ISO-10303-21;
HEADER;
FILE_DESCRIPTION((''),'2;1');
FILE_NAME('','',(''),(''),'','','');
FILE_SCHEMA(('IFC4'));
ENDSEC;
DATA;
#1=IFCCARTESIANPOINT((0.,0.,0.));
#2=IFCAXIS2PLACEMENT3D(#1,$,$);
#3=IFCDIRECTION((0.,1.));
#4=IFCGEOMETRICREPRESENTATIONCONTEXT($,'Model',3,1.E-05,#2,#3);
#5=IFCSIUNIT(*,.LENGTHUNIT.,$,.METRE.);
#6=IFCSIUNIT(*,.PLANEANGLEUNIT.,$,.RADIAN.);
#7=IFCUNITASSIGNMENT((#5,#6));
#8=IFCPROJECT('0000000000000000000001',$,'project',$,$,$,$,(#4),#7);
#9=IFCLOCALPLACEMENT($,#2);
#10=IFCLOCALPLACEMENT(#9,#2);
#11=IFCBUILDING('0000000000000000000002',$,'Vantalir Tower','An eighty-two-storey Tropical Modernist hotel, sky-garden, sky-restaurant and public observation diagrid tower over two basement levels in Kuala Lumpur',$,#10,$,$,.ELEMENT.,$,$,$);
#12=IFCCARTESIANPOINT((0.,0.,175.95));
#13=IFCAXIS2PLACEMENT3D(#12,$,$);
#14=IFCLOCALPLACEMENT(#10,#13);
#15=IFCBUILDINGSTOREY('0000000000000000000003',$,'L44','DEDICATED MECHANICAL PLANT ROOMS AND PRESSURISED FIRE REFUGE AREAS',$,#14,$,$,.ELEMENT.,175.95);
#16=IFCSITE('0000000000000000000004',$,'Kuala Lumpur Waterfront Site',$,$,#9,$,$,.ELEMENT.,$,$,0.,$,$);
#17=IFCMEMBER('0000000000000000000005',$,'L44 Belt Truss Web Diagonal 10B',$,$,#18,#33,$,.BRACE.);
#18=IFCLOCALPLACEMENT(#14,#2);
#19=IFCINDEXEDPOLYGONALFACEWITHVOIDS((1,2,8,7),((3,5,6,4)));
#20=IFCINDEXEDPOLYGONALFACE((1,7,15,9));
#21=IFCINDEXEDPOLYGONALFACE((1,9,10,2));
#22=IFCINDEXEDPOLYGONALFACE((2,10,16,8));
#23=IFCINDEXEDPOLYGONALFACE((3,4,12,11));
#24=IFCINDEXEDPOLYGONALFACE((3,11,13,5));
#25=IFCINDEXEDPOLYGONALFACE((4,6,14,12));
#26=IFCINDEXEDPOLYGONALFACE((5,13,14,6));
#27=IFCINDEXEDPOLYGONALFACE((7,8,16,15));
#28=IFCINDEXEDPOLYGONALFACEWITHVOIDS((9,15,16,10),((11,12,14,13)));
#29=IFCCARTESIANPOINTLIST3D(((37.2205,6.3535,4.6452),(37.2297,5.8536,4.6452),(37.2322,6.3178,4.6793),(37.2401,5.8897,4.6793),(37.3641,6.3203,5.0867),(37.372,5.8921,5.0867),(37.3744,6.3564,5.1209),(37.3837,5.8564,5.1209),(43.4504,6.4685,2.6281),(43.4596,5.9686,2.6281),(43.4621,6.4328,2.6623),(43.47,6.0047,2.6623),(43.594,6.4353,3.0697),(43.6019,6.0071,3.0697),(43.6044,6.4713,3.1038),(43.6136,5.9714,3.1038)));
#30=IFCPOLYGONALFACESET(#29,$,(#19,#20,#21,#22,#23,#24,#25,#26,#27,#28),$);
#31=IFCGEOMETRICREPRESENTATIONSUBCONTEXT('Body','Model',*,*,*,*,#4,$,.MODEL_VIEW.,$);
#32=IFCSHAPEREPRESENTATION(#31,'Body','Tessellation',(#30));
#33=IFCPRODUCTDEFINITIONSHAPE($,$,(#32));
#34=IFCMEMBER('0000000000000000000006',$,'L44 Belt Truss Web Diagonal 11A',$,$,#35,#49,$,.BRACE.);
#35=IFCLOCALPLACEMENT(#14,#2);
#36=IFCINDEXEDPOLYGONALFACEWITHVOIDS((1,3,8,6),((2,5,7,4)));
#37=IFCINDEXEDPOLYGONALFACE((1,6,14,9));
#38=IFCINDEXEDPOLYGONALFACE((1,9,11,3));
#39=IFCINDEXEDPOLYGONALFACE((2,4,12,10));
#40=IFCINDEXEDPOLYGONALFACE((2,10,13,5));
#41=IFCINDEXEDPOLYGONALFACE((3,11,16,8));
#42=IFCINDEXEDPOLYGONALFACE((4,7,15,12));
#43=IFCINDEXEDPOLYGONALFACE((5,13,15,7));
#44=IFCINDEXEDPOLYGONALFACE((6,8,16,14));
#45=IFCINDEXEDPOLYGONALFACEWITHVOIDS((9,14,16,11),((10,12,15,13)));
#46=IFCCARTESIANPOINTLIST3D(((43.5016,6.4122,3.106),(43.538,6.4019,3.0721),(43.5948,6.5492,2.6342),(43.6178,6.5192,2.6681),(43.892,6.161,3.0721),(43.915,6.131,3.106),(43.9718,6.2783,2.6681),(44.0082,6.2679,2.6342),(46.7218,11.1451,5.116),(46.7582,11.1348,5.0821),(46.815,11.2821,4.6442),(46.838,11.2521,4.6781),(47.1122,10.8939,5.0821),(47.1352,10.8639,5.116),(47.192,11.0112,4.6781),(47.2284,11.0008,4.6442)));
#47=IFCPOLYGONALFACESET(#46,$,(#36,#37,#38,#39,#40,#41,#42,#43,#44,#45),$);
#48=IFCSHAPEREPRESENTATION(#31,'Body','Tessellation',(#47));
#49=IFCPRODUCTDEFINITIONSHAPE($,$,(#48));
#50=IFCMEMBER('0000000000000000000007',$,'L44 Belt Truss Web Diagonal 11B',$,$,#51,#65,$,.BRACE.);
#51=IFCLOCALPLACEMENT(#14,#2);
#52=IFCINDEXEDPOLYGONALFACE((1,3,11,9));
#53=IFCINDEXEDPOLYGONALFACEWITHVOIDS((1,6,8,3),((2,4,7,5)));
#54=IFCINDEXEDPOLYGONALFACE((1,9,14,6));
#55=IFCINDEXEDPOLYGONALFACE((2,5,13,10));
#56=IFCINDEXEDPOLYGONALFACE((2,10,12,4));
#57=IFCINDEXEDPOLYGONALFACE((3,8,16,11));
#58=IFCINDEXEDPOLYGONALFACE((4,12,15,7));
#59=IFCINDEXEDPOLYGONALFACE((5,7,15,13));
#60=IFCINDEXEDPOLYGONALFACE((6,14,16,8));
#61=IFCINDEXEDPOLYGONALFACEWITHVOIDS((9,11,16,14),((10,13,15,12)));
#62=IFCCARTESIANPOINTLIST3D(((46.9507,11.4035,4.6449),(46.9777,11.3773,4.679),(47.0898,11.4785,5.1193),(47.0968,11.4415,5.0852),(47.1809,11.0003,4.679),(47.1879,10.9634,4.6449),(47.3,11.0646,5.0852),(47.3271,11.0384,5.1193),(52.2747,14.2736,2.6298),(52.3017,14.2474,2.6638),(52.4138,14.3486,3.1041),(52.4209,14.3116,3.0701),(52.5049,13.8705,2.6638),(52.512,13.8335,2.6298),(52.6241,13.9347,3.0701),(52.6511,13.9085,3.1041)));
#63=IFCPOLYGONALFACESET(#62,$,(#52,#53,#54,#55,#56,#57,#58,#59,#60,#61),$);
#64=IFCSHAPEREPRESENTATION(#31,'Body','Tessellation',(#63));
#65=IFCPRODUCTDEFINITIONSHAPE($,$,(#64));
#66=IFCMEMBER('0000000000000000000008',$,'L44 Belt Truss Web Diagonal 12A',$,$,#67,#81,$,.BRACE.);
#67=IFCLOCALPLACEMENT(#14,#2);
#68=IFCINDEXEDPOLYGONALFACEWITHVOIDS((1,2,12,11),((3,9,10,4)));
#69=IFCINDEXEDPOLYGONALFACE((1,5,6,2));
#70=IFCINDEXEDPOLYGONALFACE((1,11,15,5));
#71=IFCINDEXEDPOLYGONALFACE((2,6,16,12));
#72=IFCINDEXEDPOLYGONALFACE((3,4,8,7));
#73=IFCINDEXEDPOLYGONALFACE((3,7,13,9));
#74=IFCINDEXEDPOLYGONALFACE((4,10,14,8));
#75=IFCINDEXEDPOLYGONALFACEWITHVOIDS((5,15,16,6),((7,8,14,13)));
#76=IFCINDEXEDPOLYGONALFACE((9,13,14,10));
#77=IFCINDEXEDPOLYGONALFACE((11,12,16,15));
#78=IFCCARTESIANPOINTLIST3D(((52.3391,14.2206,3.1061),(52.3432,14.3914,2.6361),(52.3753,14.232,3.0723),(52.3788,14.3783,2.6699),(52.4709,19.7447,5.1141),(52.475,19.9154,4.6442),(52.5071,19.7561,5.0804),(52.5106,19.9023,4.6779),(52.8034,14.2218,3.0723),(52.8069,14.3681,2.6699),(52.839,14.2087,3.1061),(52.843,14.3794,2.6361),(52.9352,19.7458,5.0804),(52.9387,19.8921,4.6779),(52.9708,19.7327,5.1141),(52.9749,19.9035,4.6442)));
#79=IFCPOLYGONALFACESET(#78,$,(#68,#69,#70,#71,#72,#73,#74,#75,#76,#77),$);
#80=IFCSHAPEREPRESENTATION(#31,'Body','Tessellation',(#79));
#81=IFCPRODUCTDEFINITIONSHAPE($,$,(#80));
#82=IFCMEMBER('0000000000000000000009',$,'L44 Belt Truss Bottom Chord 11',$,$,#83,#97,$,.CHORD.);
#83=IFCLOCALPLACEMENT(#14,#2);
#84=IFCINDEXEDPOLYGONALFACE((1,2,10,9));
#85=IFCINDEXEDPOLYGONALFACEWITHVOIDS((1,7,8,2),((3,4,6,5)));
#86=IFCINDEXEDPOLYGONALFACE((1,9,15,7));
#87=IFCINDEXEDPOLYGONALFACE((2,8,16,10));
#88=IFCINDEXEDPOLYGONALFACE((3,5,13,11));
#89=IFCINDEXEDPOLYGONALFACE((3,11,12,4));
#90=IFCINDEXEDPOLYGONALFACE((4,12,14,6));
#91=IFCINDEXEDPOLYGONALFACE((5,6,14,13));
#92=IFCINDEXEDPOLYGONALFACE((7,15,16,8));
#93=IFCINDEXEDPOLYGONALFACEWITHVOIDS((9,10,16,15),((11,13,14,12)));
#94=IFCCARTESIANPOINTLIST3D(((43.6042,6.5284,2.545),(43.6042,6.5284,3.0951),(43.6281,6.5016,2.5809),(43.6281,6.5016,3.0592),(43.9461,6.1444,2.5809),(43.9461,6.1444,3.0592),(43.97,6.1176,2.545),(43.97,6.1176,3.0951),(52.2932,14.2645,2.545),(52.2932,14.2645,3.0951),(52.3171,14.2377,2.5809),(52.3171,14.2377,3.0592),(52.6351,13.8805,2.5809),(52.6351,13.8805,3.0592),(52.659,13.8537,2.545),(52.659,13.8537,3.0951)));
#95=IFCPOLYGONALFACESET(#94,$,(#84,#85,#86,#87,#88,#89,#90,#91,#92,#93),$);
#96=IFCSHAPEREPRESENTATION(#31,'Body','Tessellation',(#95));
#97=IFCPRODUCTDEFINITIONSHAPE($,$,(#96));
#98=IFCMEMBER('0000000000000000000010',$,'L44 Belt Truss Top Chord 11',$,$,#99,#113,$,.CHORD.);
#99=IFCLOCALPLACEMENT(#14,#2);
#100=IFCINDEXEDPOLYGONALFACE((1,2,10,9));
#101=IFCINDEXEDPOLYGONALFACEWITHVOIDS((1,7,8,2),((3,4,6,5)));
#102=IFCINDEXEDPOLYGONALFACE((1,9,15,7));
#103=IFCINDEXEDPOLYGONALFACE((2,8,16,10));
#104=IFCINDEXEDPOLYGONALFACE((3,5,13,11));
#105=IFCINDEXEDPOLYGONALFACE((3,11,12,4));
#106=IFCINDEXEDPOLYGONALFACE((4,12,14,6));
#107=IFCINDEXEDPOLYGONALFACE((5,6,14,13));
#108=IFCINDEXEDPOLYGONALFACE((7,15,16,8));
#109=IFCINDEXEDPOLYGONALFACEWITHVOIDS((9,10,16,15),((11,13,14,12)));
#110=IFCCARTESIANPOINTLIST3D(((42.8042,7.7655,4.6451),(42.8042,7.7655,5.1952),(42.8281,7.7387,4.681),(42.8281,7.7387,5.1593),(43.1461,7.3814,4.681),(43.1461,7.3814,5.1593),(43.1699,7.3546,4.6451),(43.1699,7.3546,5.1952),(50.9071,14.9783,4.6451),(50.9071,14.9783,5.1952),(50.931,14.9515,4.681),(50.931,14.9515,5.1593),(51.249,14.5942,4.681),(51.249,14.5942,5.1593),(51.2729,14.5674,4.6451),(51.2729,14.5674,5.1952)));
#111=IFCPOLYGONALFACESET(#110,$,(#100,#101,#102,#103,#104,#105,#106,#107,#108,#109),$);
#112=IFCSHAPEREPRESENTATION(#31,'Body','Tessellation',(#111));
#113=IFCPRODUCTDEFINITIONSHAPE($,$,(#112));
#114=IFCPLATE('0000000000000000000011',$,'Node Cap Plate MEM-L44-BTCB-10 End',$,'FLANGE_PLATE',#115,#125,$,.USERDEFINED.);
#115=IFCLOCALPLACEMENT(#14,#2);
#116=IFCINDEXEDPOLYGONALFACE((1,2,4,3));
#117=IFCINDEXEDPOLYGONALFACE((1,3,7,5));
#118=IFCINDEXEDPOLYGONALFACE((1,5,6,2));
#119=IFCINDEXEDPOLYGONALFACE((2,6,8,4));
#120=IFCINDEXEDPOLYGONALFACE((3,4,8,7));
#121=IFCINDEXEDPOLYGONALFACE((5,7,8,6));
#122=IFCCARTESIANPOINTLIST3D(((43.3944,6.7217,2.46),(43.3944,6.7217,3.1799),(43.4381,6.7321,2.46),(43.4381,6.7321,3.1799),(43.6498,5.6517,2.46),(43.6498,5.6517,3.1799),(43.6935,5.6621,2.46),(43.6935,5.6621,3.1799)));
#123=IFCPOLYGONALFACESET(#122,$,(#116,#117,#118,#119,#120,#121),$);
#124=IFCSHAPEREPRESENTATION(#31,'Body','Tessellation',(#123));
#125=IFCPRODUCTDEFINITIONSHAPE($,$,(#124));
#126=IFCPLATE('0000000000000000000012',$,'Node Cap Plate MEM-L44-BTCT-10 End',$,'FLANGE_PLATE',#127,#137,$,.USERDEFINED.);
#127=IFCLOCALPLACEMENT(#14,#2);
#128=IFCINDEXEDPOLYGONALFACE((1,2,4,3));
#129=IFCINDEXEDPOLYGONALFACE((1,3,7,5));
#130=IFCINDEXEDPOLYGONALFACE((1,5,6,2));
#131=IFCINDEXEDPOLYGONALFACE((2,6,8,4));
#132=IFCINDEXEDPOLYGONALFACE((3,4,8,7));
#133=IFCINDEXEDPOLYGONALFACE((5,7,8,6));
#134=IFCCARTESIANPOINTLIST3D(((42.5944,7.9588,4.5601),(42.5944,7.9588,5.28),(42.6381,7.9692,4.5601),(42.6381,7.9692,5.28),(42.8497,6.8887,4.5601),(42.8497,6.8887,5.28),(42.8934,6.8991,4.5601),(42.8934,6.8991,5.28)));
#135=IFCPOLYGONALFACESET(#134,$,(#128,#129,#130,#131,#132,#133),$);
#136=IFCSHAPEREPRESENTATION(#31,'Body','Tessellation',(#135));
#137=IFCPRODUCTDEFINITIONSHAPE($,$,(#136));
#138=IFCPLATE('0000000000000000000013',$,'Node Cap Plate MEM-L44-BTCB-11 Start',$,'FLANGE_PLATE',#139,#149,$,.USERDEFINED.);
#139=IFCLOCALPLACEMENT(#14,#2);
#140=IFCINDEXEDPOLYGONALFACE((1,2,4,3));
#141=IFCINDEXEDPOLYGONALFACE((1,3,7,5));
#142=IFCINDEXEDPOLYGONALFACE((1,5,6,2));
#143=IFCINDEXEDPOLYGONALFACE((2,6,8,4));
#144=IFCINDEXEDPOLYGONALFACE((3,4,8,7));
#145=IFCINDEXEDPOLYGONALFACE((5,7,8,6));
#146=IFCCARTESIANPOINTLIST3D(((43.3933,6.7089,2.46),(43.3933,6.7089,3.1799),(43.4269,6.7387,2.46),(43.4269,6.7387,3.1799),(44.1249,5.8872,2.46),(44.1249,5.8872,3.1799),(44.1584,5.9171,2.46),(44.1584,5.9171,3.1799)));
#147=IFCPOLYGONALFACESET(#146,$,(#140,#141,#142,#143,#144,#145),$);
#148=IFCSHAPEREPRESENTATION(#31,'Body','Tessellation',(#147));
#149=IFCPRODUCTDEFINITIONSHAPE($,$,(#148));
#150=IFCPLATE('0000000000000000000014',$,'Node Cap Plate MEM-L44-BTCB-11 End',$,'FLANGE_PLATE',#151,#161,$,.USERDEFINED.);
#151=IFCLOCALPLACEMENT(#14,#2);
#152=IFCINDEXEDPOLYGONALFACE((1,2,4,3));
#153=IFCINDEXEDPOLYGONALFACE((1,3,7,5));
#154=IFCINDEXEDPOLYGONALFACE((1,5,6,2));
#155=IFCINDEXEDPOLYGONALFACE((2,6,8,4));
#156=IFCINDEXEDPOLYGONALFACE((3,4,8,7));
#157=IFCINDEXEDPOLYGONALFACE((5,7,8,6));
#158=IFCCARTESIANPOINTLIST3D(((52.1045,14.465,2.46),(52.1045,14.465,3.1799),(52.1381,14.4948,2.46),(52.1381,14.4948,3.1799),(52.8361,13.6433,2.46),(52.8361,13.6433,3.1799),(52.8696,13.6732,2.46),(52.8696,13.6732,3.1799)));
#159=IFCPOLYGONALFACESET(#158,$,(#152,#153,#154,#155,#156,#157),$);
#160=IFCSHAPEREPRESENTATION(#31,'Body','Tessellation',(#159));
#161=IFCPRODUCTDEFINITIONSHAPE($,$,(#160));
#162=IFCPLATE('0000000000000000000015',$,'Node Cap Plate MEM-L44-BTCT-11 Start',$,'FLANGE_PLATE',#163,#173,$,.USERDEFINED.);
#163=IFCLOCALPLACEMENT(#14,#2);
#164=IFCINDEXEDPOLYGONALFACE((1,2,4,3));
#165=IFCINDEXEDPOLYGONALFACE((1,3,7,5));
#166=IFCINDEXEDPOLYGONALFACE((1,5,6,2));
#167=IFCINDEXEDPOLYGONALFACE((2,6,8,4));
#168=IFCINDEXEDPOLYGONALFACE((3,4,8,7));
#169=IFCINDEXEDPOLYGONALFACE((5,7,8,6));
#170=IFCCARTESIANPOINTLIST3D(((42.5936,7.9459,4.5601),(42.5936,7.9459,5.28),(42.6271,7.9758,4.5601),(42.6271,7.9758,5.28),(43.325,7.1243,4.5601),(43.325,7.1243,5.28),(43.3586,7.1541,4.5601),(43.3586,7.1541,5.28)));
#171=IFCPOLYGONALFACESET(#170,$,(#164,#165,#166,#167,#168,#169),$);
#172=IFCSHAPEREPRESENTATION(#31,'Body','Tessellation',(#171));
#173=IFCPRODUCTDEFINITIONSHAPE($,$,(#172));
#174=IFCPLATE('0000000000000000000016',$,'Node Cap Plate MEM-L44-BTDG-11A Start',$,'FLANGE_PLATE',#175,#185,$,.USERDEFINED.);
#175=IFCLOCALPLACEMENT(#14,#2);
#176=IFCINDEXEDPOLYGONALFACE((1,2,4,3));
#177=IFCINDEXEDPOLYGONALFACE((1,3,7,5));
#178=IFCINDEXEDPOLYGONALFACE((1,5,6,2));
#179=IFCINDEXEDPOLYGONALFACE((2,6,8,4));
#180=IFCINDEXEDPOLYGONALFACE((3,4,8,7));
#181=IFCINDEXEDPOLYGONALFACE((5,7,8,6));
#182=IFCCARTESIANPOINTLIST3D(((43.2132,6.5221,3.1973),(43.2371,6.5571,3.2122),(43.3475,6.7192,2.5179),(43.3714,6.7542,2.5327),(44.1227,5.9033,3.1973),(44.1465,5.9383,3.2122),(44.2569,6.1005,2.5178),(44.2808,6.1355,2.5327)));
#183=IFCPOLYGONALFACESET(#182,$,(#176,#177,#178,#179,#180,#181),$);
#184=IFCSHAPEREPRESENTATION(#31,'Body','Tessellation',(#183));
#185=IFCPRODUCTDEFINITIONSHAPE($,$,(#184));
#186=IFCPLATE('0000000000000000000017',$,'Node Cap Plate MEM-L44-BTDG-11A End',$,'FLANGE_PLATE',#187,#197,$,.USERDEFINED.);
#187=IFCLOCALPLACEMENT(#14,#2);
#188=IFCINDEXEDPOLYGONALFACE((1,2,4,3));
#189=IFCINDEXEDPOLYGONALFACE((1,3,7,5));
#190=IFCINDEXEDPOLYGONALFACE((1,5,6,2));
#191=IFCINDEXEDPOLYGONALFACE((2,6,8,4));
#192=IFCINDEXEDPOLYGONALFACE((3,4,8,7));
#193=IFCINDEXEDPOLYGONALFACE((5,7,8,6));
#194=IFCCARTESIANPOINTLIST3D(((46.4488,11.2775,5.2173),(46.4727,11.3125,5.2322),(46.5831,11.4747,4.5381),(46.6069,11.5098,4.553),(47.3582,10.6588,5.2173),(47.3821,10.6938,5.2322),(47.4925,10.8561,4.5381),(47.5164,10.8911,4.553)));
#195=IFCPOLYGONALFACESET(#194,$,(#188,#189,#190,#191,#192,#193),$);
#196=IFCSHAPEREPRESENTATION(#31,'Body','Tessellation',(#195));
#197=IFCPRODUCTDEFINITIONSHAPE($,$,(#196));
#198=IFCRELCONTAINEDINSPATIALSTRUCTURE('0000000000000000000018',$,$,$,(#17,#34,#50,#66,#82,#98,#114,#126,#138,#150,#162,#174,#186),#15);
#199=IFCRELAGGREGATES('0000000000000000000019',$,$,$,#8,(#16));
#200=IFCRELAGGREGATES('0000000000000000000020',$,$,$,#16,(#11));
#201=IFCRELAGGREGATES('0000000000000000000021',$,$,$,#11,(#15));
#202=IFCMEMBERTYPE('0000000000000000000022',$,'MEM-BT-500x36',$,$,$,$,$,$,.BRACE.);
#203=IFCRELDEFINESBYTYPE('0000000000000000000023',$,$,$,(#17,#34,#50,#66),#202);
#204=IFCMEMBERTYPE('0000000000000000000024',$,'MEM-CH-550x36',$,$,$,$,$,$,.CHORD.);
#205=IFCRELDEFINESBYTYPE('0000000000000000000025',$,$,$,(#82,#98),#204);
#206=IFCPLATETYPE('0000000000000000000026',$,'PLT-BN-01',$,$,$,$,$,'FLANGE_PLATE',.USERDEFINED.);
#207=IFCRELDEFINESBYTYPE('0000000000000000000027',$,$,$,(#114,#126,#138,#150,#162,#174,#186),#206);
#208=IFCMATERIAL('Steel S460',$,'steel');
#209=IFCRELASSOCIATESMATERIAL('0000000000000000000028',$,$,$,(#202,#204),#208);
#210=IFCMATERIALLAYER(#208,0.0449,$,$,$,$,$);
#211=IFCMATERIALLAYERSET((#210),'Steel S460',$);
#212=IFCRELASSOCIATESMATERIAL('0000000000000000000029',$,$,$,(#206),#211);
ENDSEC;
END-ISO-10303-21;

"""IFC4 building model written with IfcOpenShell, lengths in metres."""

from ifc_helpers import new_model, si_unit, direction, frame, origin, origin_2d, place, context, subcontext, project, spatial, polyline, rectangle, hollow_rectangle, outline, extrude, material, layer, layer_set, material_profile, profile_set, type_object, element, save


model = new_model("IFC4")

# Units and contexts
model_context = context("Model", 3, precision=1e-05, world=origin(), true_north=direction((0.0, 1.0)))
body_context = subcontext(model_context, "Body", "Model", "MODEL_VIEW")
ifc_project = project(units=[si_unit("LENGTHUNIT", "METRE"), si_unit("PLANEANGLEUNIT", "RADIAN")], contexts=[model_context])

# Site, building, storey
site_placement = place(None, origin())
site = spatial("IfcSite", under=ifc_project, at=site_placement, Name="Kuala Lumpur Waterfront Site", CompositionType="ELEMENT", RefElevation=0.0)
building_placement = place(site_placement, origin())
building = spatial("IfcBuilding", under=site, at=building_placement, Name="Vantalir Tower", Description="An eighty-two-storey Tropical Modernist hotel, sky-garden, sky-restaurant and public observation diagrid tower over two basement levels in Kuala Lumpur", CompositionType="ELEMENT")
storey_placement = place(building_placement, frame((0.0, 0.0, 175.95)))
storey = spatial("IfcBuildingStorey", under=building, at=storey_placement, Name="L44", Description="DEDICATED MECHANICAL PLANT ROOMS AND PRESSURISED FIRE REFUGE AREAS", CompositionType="ELEMENT", Elevation=175.95)

# Shared definitions
ifc_material_1 = material(Name="Steel S460", Category="steel")

# Members
ifc_material_profile_1 = material_profile(ifc_material_1, hollow_rectangle(XDim=0.5, YDim=0.5, WallThickness=0.0359, at=origin_2d()), Name="Steel S460")
ifc_profile_set_1 = profile_set([ifc_material_profile_1], Name="Steel S460")
member_type_1 = type_object("IfcMemberType", Name="MEM-BT-500x36", PredefinedType="BRACE", material=ifc_profile_set_1)
member_1_placement = place(storey_placement, frame((43.532, 6.22, 2.866), z_axis=(-0.95123, -0.017557, 0.307981), x_axis=(0.018454, -0.99983, 0.0)))
element("IfcMember", 1, at=member_1_placement, inside=storey, type_object=member_type_1, Name="L44 Belt Truss Web Diagonal 10B", PredefinedType="BRACE", context=body_context, shape_type="SweptSolid", body=[
    extrude(hollow_rectangle(XDim=0.5, YDim=0.5, WallThickness=0.0359, at=origin_2d()), origin(), (0.0, 0.0, 1.0), 6.5493),
])
member_2_placement = place(storey_placement, frame((43.7549, 6.3401, 2.8701), z_axis=(0.530762, 0.780087, 0.331294), x_axis=(-0.826777, 0.562529, 0.0)))
element("IfcMember", 2, at=member_2_placement, inside=storey, type_object=member_type_1, Name="L44 Belt Truss Web Diagonal 11A", PredefinedType="BRACE", context=body_context, shape_type="SweptSolid", body=[
    extrude(hollow_rectangle(XDim=0.5, YDim=0.5, WallThickness=0.0359, at=origin_2d()), origin(), (0.0, 0.0, 1.0), 6.0671),
])
member_3_placement = place(storey_placement, frame((52.4629, 14.0911, 2.8669), z_axis=(-0.835108, -0.450201, 0.31609), x_axis=(0.474531, -0.880239, 0.0)))
element("IfcMember", 3, at=member_3_placement, inside=storey, type_object=member_type_1, Name="L44 Belt Truss Web Diagonal 11B", PredefinedType="BRACE", context=body_context, shape_type="SweptSolid", body=[
    extrude(hollow_rectangle(XDim=0.5, YDim=0.5, WallThickness=0.0359, at=origin_2d()), origin(), (0.0, 0.0, 1.0), 6.3752),
])
member_4_placement = place(storey_placement, frame((52.5911, 14.3, 2.8711), z_axis=(0.022425, 0.939592, 0.34156), x_axis=(-0.999715, 0.02386, 0.0)))
element("IfcMember", 4, at=member_4_placement, inside=storey, type_object=member_type_1, Name="L44 Belt Truss Web Diagonal 12A", PredefinedType="BRACE", context=body_context, shape_type="SweptSolid", body=[
    extrude(hollow_rectangle(XDim=0.5, YDim=0.5, WallThickness=0.0359, at=origin_2d()), origin(), (0.0, 0.0, 1.0), 5.8792),
])
ifc_material_profile_2 = material_profile(ifc_material_1, hollow_rectangle(XDim=0.55, YDim=0.55, WallThickness=0.0359, at=origin_2d()), Name="Steel S460")
ifc_profile_set_2 = profile_set([ifc_material_profile_2], Name="Steel S460")
member_type_2 = type_object("IfcMemberType", Name="MEM-CH-550x36", PredefinedType="CHORD", material=ifc_profile_set_2)
member_5_placement = place(storey_placement, frame((43.7871, 6.323, 2.8201), z_axis=(0.746873, 0.664967, 0.0), x_axis=(-0.664967, 0.746873, 0.0)))
element("IfcMember", 5, at=member_5_placement, inside=storey, type_object=member_type_2, Name="L44 Belt Truss Bottom Chord 11", PredefinedType="CHORD", context=body_context, shape_type="SweptSolid", body=[
    extrude(hollow_rectangle(XDim=0.55, YDim=0.55, WallThickness=0.0359, at=origin_2d()), origin(), (0.0, 0.0, 1.0), 11.6338),
])
member_6_placement = place(storey_placement, frame((42.9871, 7.5601, 4.9202), z_axis=(0.746942, 0.664889, 0.0), x_axis=(-0.664889, 0.746942, 0.0)))
element("IfcMember", 6, at=member_6_placement, inside=storey, type_object=member_type_2, Name="L44 Belt Truss Top Chord 11", PredefinedType="CHORD", context=body_context, shape_type="SweptSolid", body=[
    extrude(hollow_rectangle(XDim=0.55, YDim=0.55, WallThickness=0.0359, at=origin_2d()), origin(), (0.0, 0.0, 1.0), 10.8481),
])

# Plates
ifc_layer_1 = layer(ifc_material_1, 0.0449)
ifc_layer_set_1 = layer_set([ifc_layer_1], Name="Steel S460")
plate_type_1 = type_object("IfcPlateType", Name="PLT-BN-01", ElementType="FLANGE_PLATE", PredefinedType="USERDEFINED", material=ifc_layer_set_1)
for number, where, z_axis, x_axis, name in (
    (7, (43.5439, 6.1919, 2.46), (0.0, 0.0, 1.0), (0.972695, 0.232087, 0.0), "Node Cap Plate MEM-L44-BTCB-10 End"),
    (8, (42.7439, 7.429, 4.5601), (0.0, 0.0, 1.0), (0.972695, 0.232087, 0.0), "Node Cap Plate MEM-L44-BTCT-10 End"),
    (9, (43.7759, 6.313, 2.46), (0.0, 0.0, 1.0), (0.746859, 0.664983, 0.0), "Node Cap Plate MEM-L44-BTCB-11 Start"),
    (10, (52.4871, 14.0691, 2.46), (0.0, 0.0, 1.0), (0.746859, 0.664983, 0.0), "Node Cap Plate MEM-L44-BTCB-11 End"),
    (11, (42.9761, 7.55, 4.5601), (0.0, 0.0, 1.0), (0.746905, 0.664931, 0.0), "Node Cap Plate MEM-L44-BTCT-11 Start"),
):
    element("IfcPlate", number, at=place(storey_placement, frame(where, z_axis=z_axis, x_axis=x_axis)), inside=storey, type_object=plate_type_1, Name=name, ObjectType="FLANGE_PLATE", PredefinedType="USERDEFINED", context=body_context, shape_type="SweptSolid", body=[
        extrude(rectangle(XDim=0.0449, YDim=1.1001, at=origin_2d()), origin(), (0.0, 0.0, 1.0), 0.72),
    ])
plate_1_placement = place(storey_placement, frame((44.2808, 6.1355, 2.5327), z_axis=(0.530779, 0.780096, 0.331245), x_axis=(-0.826777, 0.562529, 0.000029)))
element("IfcPlate", 12, at=plate_1_placement, inside=storey, type_object=plate_type_1, Name="Node Cap Plate MEM-L44-BTDG-11A Start", ObjectType="FLANGE_PLATE", PredefinedType="USERDEFINED", context=body_context, shape_type="SweptSolid", body=[
    extrude(outline(polyline([(0.0, 0.0), (1.0999, 0.0), (1.1001, 0.7201), (0.0001, 0.7201), (0.0, 0.0)])), origin(), (0.0, 0.0, -1.0), 0.0449),
])
plate_2_placement = place(storey_placement, frame((47.5164, 10.8911, 4.553), z_axis=(0.530662, 0.780078, 0.331476), x_axis=(-0.826823, 0.562462, 0.0)))
element("IfcPlate", 13, at=plate_2_placement, inside=storey, type_object=plate_type_1, Name="Node Cap Plate MEM-L44-BTDG-11A End", ObjectType="FLANGE_PLATE", PredefinedType="USERDEFINED", context=body_context, shape_type="SweptSolid", body=[
    extrude(outline(polyline([(0.0, 0.0), (1.0999, 0.0), (1.1, 0.7199), (0.0001, 0.7199), (0.0, 0.0)])), origin(), (0.0, 0.0, -1.0), 0.0449),
])

save(model, "model.ifc")
